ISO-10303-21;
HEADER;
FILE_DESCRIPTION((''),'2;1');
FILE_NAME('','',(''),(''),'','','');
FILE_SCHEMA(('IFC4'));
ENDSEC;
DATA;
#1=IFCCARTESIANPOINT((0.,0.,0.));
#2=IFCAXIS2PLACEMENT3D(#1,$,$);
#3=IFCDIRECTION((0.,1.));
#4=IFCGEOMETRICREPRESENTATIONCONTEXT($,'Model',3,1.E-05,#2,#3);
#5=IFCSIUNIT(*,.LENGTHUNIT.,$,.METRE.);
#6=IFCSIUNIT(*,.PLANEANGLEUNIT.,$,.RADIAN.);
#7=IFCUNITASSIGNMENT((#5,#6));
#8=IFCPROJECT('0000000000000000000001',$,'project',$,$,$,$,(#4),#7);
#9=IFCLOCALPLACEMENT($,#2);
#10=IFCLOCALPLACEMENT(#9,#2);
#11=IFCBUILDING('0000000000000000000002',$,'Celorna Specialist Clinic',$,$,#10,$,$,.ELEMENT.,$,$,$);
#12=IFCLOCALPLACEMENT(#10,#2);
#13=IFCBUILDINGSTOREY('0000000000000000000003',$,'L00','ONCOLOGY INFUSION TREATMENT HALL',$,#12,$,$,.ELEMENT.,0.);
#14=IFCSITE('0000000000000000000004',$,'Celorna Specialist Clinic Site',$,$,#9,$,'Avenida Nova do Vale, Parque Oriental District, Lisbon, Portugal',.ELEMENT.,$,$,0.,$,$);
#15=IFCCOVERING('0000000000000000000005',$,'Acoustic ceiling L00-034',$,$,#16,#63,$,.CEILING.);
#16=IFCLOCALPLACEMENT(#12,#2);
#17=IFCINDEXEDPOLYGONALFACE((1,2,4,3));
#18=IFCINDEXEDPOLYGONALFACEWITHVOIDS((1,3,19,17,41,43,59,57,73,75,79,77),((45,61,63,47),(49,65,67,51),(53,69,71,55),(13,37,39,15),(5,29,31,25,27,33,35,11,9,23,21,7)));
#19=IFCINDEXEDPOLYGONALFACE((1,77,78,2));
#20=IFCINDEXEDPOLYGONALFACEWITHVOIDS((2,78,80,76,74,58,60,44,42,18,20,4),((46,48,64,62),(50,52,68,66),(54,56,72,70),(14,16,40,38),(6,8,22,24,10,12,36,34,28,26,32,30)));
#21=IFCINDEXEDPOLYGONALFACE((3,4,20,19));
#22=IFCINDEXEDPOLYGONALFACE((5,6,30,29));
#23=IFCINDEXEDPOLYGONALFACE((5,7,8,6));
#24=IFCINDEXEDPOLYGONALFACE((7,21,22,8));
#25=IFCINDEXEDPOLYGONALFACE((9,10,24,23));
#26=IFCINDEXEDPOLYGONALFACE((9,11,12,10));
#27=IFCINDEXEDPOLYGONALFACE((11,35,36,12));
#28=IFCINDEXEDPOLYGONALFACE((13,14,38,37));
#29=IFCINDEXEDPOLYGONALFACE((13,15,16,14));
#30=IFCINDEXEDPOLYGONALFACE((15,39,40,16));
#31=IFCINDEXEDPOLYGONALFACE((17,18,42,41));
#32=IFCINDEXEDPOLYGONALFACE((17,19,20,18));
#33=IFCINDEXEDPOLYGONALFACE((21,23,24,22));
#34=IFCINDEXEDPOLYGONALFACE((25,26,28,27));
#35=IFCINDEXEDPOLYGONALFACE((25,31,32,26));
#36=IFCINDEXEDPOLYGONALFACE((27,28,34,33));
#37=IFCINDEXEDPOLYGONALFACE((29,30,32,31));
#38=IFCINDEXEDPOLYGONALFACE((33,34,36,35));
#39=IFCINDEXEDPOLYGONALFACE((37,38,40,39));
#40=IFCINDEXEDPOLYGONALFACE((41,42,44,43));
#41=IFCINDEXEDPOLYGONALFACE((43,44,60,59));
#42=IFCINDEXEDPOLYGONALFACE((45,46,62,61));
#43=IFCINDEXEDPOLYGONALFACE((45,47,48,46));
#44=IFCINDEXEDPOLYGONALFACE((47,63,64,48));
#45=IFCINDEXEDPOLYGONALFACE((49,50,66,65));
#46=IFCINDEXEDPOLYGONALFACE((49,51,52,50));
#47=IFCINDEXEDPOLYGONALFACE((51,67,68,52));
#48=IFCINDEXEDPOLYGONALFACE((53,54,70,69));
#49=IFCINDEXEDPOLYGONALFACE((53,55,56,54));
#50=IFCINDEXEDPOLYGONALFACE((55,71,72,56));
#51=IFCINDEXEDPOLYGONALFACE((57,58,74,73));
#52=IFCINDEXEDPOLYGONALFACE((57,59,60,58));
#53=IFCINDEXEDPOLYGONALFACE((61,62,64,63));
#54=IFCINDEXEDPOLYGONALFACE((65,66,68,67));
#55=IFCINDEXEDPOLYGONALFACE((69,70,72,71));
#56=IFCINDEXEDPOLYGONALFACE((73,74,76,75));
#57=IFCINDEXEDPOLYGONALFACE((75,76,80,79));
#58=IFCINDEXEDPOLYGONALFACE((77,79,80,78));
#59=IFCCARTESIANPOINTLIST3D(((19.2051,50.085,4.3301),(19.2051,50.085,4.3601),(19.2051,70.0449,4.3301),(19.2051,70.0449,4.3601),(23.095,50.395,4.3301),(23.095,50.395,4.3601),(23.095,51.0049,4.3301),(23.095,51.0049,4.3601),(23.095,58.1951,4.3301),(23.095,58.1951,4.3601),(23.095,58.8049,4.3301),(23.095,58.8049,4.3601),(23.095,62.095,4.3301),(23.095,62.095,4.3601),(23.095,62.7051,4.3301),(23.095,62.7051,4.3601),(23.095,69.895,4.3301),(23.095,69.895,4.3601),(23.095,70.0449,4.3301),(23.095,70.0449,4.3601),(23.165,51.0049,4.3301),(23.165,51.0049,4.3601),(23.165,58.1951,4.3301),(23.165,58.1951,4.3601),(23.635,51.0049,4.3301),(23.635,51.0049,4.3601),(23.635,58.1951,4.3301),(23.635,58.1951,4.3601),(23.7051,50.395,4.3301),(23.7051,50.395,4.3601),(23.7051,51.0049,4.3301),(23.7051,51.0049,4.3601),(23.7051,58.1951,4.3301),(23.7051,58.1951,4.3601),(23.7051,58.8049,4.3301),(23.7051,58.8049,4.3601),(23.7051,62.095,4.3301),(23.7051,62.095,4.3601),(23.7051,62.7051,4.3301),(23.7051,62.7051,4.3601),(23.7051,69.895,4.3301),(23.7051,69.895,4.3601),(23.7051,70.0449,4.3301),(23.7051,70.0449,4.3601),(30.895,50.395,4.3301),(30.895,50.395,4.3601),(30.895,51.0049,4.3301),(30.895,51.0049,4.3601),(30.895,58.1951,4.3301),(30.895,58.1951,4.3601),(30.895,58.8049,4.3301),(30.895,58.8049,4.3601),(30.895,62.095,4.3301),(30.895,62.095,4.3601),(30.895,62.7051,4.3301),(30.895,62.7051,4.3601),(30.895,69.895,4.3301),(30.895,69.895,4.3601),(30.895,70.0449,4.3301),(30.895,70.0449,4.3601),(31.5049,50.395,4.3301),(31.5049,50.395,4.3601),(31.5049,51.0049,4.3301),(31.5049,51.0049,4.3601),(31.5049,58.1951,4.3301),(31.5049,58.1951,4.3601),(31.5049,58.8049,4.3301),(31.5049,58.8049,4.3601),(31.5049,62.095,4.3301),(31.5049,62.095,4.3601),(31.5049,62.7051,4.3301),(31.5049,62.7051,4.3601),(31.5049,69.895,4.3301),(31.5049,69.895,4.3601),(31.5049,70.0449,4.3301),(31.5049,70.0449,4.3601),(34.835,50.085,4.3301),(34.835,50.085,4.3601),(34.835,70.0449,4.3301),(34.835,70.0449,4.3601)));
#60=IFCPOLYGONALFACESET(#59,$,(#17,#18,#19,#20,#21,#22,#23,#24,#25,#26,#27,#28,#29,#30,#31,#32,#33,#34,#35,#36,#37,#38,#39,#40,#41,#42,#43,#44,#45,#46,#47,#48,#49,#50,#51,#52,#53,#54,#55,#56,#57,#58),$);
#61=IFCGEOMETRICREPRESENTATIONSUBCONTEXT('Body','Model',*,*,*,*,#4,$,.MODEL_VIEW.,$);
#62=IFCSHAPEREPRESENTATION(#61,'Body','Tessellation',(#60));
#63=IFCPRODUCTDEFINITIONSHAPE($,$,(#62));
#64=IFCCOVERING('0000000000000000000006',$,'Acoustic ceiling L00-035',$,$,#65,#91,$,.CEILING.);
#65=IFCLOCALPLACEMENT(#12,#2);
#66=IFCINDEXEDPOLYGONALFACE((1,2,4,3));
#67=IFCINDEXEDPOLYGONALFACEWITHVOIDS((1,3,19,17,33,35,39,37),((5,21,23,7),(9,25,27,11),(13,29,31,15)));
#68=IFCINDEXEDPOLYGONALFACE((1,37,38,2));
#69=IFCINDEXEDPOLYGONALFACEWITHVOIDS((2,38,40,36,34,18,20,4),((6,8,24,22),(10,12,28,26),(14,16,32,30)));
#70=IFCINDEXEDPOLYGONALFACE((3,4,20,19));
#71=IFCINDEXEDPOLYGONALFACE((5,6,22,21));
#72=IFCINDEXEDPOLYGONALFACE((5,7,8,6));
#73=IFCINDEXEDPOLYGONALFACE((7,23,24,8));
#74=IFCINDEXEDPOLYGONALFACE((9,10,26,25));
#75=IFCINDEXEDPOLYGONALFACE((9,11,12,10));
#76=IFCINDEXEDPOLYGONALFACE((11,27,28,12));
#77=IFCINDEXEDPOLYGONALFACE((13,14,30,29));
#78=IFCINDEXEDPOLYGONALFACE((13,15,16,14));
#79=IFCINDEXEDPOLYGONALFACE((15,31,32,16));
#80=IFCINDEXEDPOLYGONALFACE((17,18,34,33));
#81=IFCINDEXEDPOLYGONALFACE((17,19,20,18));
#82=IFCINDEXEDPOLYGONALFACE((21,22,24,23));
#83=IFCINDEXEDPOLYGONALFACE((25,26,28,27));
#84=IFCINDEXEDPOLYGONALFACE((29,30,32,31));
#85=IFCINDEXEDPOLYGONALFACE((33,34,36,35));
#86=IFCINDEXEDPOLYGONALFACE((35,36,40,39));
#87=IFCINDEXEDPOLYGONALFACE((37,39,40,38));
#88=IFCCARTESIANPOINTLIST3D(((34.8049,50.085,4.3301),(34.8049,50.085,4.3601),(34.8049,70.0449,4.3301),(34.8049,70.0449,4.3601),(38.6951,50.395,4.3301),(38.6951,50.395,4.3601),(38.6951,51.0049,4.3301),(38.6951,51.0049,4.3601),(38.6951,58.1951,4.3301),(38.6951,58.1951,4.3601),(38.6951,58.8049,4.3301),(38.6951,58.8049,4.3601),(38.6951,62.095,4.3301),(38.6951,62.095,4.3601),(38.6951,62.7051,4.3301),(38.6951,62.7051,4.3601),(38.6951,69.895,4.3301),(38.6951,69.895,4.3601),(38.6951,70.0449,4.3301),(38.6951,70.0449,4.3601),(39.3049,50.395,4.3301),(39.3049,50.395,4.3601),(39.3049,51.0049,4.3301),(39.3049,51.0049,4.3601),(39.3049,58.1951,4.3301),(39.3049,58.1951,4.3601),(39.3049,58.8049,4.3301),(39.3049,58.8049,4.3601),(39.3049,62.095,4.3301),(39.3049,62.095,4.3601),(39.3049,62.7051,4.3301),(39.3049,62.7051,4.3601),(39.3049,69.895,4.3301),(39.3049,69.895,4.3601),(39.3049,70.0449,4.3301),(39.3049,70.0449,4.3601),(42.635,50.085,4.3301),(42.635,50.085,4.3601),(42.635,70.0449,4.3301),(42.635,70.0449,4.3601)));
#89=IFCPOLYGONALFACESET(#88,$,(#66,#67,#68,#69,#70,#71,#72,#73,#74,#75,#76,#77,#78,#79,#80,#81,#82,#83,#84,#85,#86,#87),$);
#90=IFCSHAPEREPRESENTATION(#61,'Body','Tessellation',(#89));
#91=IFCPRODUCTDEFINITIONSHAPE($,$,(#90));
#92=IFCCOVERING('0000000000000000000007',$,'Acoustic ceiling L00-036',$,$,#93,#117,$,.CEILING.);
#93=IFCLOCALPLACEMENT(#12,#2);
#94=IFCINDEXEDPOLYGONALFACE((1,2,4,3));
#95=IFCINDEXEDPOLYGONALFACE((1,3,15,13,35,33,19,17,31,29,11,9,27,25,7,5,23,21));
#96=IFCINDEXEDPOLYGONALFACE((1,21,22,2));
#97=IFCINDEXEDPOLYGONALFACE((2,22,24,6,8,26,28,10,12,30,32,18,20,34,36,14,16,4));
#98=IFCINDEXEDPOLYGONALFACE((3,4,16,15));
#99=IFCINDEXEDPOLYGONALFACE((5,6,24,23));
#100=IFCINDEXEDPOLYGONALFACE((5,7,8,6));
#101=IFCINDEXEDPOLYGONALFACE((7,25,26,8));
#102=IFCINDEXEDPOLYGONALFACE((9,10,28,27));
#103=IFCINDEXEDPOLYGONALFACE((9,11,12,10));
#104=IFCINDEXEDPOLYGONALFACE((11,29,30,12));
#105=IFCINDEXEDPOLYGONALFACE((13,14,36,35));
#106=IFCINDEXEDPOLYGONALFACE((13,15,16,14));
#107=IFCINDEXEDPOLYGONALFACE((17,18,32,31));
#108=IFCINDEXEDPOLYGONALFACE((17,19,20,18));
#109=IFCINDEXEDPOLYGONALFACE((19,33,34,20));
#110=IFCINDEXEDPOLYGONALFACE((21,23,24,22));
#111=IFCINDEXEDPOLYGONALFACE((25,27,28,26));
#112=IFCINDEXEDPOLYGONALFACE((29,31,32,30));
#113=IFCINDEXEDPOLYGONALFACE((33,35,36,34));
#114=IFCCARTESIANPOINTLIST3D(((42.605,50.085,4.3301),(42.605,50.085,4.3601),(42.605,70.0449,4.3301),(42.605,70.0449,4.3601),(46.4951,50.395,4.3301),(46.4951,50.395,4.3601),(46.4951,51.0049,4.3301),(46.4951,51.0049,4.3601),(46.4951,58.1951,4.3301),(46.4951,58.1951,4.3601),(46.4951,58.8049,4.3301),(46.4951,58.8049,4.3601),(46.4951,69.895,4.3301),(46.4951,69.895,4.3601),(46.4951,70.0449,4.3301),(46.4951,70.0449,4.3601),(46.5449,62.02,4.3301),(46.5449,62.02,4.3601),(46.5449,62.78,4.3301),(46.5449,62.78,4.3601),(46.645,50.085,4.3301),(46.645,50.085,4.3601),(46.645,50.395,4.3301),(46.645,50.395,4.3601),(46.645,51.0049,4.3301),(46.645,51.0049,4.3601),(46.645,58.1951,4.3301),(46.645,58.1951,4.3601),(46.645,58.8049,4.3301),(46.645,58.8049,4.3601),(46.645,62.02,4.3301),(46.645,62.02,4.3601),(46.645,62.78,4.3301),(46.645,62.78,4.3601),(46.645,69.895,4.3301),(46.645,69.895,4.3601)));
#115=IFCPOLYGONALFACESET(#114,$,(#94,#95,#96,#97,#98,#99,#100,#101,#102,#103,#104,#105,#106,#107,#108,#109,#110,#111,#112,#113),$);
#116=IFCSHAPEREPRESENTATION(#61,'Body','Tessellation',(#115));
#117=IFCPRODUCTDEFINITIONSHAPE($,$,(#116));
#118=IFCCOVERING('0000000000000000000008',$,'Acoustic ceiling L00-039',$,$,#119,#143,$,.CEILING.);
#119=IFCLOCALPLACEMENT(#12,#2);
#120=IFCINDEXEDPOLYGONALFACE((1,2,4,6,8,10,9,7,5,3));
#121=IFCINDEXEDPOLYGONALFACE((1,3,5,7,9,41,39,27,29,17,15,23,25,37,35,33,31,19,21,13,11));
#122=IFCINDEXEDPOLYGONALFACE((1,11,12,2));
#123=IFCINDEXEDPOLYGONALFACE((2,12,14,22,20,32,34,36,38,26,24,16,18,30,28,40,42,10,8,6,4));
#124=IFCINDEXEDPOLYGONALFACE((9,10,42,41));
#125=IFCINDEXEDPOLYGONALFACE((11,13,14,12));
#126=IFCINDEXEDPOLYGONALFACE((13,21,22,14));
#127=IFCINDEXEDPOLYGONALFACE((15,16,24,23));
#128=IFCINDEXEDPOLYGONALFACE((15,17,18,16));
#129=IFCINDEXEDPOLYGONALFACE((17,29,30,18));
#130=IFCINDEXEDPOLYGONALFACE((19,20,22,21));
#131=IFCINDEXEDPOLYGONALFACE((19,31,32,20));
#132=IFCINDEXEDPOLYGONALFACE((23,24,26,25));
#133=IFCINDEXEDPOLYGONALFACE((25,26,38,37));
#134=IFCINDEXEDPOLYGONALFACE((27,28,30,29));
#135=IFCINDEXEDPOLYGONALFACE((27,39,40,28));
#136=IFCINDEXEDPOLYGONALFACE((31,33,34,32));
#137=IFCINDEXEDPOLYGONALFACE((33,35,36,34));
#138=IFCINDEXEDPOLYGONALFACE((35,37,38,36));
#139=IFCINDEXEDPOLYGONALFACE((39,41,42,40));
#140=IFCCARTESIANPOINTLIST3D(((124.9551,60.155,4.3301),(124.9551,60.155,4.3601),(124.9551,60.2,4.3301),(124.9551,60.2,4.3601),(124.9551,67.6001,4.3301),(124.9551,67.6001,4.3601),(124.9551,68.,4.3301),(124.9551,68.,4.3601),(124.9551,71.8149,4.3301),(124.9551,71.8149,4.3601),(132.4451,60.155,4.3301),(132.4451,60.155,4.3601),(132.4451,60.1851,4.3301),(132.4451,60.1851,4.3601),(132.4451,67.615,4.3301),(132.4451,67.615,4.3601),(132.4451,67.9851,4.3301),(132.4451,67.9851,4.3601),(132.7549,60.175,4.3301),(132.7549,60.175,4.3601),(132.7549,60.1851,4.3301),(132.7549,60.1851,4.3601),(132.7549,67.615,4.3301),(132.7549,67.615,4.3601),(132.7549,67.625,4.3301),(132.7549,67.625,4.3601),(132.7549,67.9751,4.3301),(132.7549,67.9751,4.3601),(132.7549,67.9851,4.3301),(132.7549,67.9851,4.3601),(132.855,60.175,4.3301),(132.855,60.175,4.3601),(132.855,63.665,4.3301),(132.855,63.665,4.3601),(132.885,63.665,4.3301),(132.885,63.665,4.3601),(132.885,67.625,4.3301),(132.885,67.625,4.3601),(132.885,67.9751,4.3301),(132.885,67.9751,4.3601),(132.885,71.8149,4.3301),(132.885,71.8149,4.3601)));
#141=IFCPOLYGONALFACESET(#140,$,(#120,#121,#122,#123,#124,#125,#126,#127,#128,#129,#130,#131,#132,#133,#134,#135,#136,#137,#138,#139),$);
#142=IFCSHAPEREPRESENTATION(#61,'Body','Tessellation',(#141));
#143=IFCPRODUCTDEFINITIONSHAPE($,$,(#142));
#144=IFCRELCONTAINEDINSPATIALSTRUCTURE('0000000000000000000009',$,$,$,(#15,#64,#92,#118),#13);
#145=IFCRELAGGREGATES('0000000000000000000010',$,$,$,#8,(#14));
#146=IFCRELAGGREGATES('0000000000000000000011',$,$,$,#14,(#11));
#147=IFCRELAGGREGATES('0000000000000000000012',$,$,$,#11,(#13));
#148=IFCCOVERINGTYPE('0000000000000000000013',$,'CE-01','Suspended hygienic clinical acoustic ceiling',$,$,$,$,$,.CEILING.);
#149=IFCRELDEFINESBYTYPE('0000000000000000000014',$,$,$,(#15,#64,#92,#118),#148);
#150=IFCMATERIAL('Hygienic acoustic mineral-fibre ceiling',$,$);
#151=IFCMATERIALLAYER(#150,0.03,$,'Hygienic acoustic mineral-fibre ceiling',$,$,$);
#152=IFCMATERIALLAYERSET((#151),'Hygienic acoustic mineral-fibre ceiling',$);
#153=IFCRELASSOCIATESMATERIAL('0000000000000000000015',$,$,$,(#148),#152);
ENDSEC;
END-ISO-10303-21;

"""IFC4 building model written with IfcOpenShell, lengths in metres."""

from ifc_helpers import new_model, si_unit, direction, frame, origin, place, context, subcontext, project, spatial, polyline, outline, extrude, material, layer, layer_set, type_object, element, save


model = new_model("IFC4")

# Units and contexts
model_context = context("Model", 3, precision=1e-05, world=origin(), true_north=direction((0.0, 1.0)))
body_context = subcontext(model_context, "Body", "Model", "MODEL_VIEW")
ifc_project = project(units=[si_unit("LENGTHUNIT", "METRE"), si_unit("PLANEANGLEUNIT", "RADIAN")], contexts=[model_context])

# Site, building, storey
site_placement = place(None, origin())
site = spatial("IfcSite", under=ifc_project, at=site_placement, Name="Celorna Specialist Clinic Site", LongName="Avenida Nova do Vale, Parque Oriental District, Lisbon, Portugal", CompositionType="ELEMENT", RefElevation=0.0)
building_placement = place(site_placement, origin())
building = spatial("IfcBuilding", under=site, at=building_placement, Name="Celorna Specialist Clinic", CompositionType="ELEMENT")
storey_placement = place(building_placement, origin())
storey = spatial("IfcBuildingStorey", under=building, at=storey_placement, Name="L00", Description="ONCOLOGY INFUSION TREATMENT HALL", CompositionType="ELEMENT", Elevation=0.0)

# Coverings
ifc_material_1 = material(Name="Hygienic acoustic mineral-fibre ceiling")
ifc_layer_1 = layer(ifc_material_1, 0.03, Name="Hygienic acoustic mineral-fibre ceiling")
ifc_layer_set_1 = layer_set([ifc_layer_1], Name="Hygienic acoustic mineral-fibre ceiling")
covering_type = type_object("IfcCoveringType", Name="CE-01", Description="Suspended hygienic clinical acoustic ceiling", PredefinedType="CEILING", material=ifc_layer_set_1)
covering_1_placement = place(storey_placement, frame((0.0, 0.0, 4.3301)))
element("IfcCovering", 1, at=covering_1_placement, inside=storey, type_object=covering_type, Name="Acoustic ceiling L00-034", PredefinedType="CEILING", context=body_context, shape_type="SweptSolid", body=[
    extrude(outline(polyline([(23.095, 70.0449), (23.095, 69.895), (23.7051, 69.895), (23.7051, 70.0449), (30.895, 70.0449), (30.895, 69.895), (31.5049, 69.895), (31.5049, 70.0449), (34.835, 70.0449), (34.835, 50.085), (19.2051, 50.085), (19.2051, 70.0449), (23.095, 70.0449)]), holes=[polyline([(23.635, 58.1951), (23.7051, 58.1951), (23.7051, 58.8049), (23.095, 58.8049), (23.095, 58.1951), (23.165, 58.1951), (23.165, 51.0049), (23.095, 51.0049), (23.095, 50.395), (23.7051, 50.395), (23.7051, 51.0049), (23.635, 51.0049), (23.635, 58.1951)]), polyline([(31.5049, 51.0049), (30.895, 51.0049), (30.895, 50.395), (31.5049, 50.395), (31.5049, 51.0049)]), polyline([(31.5049, 58.1951), (31.5049, 58.8049), (30.895, 58.8049), (30.895, 58.1951), (31.5049, 58.1951)]), polyline([(31.5049, 62.7051), (30.895, 62.7051), (30.895, 62.095), (31.5049, 62.095), (31.5049, 62.7051)]), polyline([(23.7051, 62.095), (23.7051, 62.7051), (23.095, 62.7051), (23.095, 62.095), (23.7051, 62.095)])]), origin(), (0.0, 0.0, 1.0), 0.03),
])
covering_2_placement = place(storey_placement, frame((0.0, 0.0, 4.3301)))
element("IfcCovering", 2, at=covering_2_placement, inside=storey, type_object=covering_type, Name="Acoustic ceiling L00-035", PredefinedType="CEILING", context=body_context, shape_type="SweptSolid", body=[
    extrude(outline(polyline([(38.6951, 70.0449), (38.6951, 69.895), (39.3049, 69.895), (39.3049, 70.0449), (42.635, 70.0449), (42.635, 50.085), (34.8049, 50.085), (34.8049, 70.0449), (38.6951, 70.0449)]), holes=[polyline([(39.3049, 51.0049), (38.6951, 51.0049), (38.6951, 50.395), (39.3049, 50.395), (39.3049, 51.0049)]), polyline([(39.3049, 58.1951), (39.3049, 58.8049), (38.6951, 58.8049), (38.6951, 58.1951), (39.3049, 58.1951)]), polyline([(39.3049, 62.095), (39.3049, 62.7051), (38.6951, 62.7051), (38.6951, 62.095), (39.3049, 62.095)])]), origin(), (0.0, 0.0, 1.0), 0.03),
])
covering_3_placement = place(storey_placement, frame((0.0, 0.0, 4.3301)))
element("IfcCovering", 3, at=covering_3_placement, inside=storey, type_object=covering_type, Name="Acoustic ceiling L00-036", PredefinedType="CEILING", context=body_context, shape_type="SweptSolid", body=[
    extrude(outline(polyline([(46.4951, 70.0449), (46.4951, 69.895), (46.645, 69.895), (46.645, 62.78), (46.5449, 62.78), (46.5449, 62.02), (46.645, 62.02), (46.645, 58.8049), (46.4951, 58.8049), (46.4951, 58.1951), (46.645, 58.1951), (46.645, 51.0049), (46.4951, 51.0049), (46.4951, 50.395), (46.645, 50.395), (46.645, 50.085), (42.605, 50.085), (42.605, 70.0449), (46.4951, 70.0449)])), origin(), (0.0, 0.0, 1.0), 0.03),
])
covering_4_placement = place(storey_placement, frame((0.0, 0.0, 4.3301)))
element("IfcCovering", 4, at=covering_4_placement, inside=storey, type_object=covering_type, Name="Acoustic ceiling L00-039", PredefinedType="CEILING", context=body_context, shape_type="SweptSolid", body=[
    extrude(outline(polyline([(132.885, 71.8149), (132.885, 67.9751), (132.7549, 67.9751), (132.7549, 67.9851), (132.4451, 67.9851), (132.4451, 67.615), (132.7549, 67.615), (132.7549, 67.625), (132.885, 67.625), (132.885, 63.665), (132.855, 63.665), (132.855, 60.175), (132.7549, 60.175), (132.7549, 60.1851), (132.4451, 60.1851), (132.4451, 60.155), (124.9551, 60.155), (124.9551, 60.2), (124.9551, 67.6001), (124.9551, 68.0), (124.9551, 71.8149), (132.885, 71.8149)])), origin(), (0.0, 0.0, 1.0), 0.03),
])

save(model, "model.ifc")
